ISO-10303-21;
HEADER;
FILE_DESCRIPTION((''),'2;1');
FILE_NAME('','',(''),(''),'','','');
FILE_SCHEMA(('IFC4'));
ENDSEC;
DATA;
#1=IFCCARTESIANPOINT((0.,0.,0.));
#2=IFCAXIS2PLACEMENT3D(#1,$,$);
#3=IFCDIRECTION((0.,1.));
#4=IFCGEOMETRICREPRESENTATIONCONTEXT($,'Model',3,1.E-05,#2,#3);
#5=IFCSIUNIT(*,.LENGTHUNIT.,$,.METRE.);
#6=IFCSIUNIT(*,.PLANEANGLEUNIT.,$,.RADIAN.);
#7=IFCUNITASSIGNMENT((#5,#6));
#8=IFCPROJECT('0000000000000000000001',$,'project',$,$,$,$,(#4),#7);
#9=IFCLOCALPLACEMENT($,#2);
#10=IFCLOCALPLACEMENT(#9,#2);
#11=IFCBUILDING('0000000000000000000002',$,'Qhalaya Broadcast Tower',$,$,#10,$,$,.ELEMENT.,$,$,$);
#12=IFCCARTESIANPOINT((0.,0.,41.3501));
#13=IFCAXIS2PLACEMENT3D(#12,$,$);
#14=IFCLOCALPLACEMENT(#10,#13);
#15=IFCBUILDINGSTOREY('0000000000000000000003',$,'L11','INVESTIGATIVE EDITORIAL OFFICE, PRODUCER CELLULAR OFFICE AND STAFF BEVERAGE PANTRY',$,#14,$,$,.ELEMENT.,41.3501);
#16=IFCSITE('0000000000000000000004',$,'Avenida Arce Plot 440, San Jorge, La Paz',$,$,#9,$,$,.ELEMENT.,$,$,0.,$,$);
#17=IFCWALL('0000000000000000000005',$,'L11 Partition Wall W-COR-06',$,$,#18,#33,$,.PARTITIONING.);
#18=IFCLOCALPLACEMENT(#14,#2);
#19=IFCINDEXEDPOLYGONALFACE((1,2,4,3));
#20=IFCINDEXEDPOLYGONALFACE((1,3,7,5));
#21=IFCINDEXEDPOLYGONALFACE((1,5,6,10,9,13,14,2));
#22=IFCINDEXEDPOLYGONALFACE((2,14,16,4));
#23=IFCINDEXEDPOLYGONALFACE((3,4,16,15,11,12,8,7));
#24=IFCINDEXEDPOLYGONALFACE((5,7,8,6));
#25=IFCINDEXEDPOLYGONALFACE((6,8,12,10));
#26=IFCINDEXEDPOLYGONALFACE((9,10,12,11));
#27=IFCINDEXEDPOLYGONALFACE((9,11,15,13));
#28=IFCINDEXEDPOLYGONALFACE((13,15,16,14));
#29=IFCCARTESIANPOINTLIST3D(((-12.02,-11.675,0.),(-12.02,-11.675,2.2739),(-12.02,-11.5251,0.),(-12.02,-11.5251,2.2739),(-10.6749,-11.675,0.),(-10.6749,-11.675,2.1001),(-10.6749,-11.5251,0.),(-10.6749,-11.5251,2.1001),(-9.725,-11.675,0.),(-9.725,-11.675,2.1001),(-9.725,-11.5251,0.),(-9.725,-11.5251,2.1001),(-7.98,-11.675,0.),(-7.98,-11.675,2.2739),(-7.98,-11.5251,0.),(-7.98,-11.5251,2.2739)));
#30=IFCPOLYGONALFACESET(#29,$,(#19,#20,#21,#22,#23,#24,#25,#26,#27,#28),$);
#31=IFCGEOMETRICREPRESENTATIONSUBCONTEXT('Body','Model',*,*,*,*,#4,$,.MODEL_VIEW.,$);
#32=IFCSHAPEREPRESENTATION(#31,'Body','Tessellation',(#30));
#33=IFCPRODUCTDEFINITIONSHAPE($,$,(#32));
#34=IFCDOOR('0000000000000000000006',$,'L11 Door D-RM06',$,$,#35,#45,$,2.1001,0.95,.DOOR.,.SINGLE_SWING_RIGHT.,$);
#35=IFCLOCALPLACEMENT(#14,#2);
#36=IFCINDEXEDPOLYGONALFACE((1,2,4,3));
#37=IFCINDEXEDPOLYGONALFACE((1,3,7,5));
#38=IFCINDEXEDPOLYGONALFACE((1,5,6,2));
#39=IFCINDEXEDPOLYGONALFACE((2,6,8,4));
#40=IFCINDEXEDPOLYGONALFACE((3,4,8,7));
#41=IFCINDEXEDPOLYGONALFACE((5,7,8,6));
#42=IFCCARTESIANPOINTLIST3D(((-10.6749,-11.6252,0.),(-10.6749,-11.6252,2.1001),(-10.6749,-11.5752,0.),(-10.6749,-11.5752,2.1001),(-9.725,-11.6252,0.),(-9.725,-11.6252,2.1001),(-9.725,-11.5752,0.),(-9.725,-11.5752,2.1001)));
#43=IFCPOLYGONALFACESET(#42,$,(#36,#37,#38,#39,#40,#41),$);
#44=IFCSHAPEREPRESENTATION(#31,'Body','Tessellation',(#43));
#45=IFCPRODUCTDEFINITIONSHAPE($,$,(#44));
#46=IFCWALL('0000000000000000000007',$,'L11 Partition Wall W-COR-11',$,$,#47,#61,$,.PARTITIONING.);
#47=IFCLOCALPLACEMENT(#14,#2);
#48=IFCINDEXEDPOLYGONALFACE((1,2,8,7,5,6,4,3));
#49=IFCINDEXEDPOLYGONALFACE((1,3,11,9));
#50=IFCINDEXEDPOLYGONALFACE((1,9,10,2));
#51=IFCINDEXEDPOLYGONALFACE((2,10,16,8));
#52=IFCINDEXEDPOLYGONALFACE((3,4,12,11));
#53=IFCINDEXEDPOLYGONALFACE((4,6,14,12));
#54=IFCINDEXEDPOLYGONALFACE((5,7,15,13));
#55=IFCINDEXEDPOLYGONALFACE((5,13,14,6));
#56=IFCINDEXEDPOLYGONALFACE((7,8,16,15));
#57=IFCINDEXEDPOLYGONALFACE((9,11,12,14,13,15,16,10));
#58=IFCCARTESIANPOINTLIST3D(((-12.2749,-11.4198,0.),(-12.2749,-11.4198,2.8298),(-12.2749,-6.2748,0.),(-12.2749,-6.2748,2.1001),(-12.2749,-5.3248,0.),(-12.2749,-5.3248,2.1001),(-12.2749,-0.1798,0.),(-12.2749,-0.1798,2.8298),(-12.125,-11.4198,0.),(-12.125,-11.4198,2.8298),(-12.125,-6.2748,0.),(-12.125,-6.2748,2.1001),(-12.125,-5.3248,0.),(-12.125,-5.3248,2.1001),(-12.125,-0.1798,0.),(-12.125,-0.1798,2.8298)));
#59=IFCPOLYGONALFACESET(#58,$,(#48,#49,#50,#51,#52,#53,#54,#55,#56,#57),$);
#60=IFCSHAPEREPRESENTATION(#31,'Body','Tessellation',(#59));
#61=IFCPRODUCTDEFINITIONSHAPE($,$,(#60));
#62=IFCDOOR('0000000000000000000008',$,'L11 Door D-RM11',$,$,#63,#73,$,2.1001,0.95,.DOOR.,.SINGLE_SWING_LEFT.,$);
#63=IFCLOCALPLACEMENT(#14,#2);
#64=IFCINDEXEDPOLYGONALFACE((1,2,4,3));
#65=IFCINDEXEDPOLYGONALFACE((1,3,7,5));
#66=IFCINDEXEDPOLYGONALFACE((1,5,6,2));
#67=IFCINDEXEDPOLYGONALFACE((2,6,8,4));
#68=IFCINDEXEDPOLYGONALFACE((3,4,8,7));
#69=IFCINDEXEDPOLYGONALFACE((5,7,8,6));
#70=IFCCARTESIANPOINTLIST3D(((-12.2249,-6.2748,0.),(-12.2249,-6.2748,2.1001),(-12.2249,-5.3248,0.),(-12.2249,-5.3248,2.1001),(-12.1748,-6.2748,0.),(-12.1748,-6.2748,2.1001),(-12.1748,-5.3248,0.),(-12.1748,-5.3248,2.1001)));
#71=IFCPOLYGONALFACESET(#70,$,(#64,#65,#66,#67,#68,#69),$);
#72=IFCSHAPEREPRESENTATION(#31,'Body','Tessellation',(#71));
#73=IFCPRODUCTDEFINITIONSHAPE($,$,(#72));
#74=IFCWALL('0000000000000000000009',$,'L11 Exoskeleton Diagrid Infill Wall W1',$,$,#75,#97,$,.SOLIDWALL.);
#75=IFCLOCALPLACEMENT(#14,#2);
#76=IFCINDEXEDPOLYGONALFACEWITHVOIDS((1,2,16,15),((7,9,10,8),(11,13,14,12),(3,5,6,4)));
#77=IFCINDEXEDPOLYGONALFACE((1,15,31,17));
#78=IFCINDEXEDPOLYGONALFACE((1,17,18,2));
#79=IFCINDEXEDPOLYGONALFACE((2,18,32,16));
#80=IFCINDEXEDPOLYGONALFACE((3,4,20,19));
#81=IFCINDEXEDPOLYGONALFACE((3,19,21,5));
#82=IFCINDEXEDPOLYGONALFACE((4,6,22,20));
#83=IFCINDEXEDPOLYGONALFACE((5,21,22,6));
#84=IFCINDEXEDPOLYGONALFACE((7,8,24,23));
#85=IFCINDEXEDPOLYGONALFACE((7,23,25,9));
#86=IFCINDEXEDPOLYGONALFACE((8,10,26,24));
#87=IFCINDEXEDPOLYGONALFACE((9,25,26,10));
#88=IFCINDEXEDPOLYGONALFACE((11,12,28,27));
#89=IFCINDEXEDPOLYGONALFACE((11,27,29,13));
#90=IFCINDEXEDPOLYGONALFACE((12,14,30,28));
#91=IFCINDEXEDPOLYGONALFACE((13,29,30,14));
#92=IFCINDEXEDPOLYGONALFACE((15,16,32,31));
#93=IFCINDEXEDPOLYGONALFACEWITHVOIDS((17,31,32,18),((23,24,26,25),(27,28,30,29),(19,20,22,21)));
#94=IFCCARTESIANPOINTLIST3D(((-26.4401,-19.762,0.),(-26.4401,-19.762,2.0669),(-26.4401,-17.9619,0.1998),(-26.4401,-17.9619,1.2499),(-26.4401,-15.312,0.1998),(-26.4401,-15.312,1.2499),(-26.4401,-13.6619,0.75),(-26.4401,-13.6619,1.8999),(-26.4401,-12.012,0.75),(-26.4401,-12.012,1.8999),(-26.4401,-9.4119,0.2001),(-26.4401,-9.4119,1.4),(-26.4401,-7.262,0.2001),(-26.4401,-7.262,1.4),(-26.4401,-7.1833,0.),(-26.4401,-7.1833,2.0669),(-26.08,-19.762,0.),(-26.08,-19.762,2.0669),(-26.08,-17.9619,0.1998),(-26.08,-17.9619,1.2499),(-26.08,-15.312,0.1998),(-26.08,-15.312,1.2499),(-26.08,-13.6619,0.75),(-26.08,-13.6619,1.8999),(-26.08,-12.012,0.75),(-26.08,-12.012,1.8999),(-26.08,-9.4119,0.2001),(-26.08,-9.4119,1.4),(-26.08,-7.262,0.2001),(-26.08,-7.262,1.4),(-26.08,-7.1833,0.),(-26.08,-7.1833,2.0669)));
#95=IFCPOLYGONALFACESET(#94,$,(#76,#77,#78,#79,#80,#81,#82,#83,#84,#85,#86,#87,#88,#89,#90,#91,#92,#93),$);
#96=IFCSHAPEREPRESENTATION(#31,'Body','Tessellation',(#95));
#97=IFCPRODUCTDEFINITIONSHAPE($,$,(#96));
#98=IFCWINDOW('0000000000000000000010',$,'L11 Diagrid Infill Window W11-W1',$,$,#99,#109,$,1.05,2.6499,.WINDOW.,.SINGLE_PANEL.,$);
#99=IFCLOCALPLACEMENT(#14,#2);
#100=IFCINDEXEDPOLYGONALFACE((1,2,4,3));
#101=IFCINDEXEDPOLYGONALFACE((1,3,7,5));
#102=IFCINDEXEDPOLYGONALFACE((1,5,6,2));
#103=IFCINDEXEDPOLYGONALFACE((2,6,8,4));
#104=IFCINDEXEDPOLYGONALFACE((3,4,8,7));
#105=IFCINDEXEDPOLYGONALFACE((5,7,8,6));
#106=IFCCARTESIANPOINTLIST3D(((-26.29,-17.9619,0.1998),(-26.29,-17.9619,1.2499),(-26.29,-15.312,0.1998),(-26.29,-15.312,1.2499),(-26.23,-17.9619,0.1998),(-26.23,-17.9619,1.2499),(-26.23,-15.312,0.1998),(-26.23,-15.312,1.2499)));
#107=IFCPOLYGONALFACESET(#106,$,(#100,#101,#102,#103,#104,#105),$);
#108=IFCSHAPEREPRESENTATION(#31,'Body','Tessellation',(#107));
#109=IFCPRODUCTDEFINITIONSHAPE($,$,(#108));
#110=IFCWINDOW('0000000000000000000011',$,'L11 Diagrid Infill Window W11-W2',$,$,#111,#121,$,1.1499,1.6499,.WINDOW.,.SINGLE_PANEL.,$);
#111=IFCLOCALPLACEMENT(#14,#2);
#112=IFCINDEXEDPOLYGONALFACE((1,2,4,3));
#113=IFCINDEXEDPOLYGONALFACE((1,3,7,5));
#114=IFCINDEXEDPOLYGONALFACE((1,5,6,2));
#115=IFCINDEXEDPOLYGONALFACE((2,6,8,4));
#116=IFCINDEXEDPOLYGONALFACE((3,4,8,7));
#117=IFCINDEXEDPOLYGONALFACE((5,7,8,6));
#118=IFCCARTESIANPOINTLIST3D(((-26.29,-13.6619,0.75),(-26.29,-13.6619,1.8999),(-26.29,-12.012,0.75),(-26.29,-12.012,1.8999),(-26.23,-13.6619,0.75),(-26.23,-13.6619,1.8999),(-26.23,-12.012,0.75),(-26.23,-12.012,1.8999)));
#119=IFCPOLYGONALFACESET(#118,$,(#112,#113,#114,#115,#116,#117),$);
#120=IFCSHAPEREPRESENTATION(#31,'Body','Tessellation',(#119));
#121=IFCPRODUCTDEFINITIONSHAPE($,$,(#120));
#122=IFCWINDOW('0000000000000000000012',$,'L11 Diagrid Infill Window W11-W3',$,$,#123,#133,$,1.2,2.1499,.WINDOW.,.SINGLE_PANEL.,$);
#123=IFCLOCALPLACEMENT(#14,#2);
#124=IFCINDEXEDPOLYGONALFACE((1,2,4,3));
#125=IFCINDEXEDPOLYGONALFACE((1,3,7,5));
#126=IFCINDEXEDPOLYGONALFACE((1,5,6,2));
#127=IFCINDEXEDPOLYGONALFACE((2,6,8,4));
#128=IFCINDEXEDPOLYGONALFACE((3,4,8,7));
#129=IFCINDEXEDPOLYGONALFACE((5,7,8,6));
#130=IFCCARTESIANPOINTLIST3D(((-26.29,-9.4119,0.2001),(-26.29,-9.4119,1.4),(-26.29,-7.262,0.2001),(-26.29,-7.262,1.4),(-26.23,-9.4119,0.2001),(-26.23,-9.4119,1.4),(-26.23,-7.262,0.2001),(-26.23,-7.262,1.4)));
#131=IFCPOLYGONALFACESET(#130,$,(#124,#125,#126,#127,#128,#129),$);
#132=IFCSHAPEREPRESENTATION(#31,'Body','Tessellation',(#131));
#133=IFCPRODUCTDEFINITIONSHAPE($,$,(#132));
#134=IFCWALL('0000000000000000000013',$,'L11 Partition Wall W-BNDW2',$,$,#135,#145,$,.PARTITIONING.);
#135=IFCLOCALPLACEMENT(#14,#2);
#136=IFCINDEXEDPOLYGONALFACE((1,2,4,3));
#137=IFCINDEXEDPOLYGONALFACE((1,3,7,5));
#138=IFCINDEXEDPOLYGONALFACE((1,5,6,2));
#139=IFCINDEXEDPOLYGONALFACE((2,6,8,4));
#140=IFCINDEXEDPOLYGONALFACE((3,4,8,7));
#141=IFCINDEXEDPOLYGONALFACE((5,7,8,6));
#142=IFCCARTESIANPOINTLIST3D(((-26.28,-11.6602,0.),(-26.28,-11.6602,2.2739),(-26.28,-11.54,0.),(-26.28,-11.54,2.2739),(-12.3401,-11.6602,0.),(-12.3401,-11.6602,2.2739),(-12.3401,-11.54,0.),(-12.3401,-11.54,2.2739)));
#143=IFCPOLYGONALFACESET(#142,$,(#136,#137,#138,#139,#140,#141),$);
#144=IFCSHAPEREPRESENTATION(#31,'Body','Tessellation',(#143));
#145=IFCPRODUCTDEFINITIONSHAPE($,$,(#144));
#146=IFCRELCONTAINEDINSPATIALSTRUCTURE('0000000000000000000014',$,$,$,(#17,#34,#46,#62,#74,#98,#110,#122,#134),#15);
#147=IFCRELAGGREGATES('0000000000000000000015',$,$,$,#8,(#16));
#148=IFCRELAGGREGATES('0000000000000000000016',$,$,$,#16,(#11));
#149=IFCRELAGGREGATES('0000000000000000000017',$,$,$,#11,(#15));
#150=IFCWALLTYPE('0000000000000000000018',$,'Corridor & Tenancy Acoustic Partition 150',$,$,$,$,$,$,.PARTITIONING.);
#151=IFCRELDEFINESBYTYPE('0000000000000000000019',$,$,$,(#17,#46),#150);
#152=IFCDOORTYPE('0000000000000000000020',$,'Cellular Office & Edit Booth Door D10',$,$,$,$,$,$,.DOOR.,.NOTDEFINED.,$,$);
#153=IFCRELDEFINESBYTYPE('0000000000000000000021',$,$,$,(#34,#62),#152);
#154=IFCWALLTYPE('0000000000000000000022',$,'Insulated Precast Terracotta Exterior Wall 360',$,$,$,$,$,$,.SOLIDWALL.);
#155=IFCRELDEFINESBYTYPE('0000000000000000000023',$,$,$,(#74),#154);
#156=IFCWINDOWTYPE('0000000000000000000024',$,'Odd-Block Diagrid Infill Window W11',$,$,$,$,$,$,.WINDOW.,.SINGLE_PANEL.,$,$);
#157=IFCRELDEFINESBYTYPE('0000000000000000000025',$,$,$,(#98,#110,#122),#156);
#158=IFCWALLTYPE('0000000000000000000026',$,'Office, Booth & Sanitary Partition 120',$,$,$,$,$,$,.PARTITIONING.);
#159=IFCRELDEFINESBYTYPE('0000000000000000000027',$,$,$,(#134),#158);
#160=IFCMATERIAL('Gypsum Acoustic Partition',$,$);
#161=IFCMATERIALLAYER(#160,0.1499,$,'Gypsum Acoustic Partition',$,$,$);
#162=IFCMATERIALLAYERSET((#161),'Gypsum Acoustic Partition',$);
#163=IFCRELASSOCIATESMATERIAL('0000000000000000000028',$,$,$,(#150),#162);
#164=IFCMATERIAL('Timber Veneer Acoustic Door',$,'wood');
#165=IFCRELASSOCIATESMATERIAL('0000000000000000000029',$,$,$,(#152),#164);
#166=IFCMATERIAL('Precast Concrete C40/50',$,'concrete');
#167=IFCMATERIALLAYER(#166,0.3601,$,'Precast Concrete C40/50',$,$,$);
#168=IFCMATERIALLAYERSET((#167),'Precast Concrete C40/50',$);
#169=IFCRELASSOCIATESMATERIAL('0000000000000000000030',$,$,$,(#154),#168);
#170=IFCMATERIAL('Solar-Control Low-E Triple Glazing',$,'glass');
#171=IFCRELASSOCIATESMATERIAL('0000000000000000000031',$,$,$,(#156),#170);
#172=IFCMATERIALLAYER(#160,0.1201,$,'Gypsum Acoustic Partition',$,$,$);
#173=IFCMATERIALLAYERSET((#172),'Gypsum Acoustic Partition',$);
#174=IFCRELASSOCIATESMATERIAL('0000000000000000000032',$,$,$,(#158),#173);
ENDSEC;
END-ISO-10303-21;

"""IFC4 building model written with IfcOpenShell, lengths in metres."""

from ifc_helpers import new_model, si_unit, direction, frame, frame_2d, origin, place, context, subcontext, project, spatial, rectangle, extrude, material, layer, layer_set, type_object, element, fill, save


model = new_model("IFC4")

# Units and contexts
model_context = context("Model", 3, precision=1e-05, world=origin(), true_north=direction((0.0, 1.0)))
body_context = subcontext(model_context, "Body", "Model", "MODEL_VIEW")
ifc_project = project(units=[si_unit("LENGTHUNIT", "METRE"), si_unit("PLANEANGLEUNIT", "RADIAN")], contexts=[model_context])

# Site, building, storey
site_placement = place(None, origin())
site = spatial("IfcSite", under=ifc_project, at=site_placement, Name="Avenida Arce Plot 440, San Jorge, La Paz", CompositionType="ELEMENT", RefElevation=0.0)
building_placement = place(site_placement, origin())
building = spatial("IfcBuilding", under=site, at=building_placement, Name="Qhalaya Broadcast Tower", CompositionType="ELEMENT")
storey_placement = place(building_placement, frame((0.0, 0.0, 41.3501)))
storey = spatial("IfcBuildingStorey", under=building, at=storey_placement, Name="L11", Description="INVESTIGATIVE EDITORIAL OFFICE, PRODUCER CELLULAR OFFICE AND STAFF BEVERAGE PANTRY", CompositionType="ELEMENT", Elevation=41.3501)

# Walls, openings, doors
ifc_material_1 = material(Name="Gypsum Acoustic Partition")
ifc_layer_1 = layer(ifc_material_1, 0.1499, Name="Gypsum Acoustic Partition")
ifc_layer_set_1 = layer_set([ifc_layer_1], Name="Gypsum Acoustic Partition")
wall_type_1 = type_object("IfcWallType", Name="Corridor & Tenancy Acoustic Partition 150", PredefinedType="PARTITIONING", material=ifc_layer_set_1)
wall_1_placement = place(storey_placement, frame((-12.02, -11.6001, 0.0), z_axis=(0.0, 0.0, 1.0), x_axis=(1.0, 0.0, 0.0)))
wall_1 = element("IfcWall", 1, at=wall_1_placement, inside=storey, type_object=wall_type_1, Name="L11 Partition Wall W-COR-06", PredefinedType="PARTITIONING", context=body_context, shape_type="SweptSolid", body=[
    extrude(rectangle(XDim=4.04, YDim=0.1499, at=frame_2d((2.02, 0.0))), origin(), (0.0, 0.0, 1.0), 2.2739),
])
opening_1_placement = place(wall_1_placement, frame((1.345, 0.0, 0.0)))
opening_1 = element("IfcOpeningElement", 2, at=opening_1_placement, cuts=wall_1, PredefinedType="OPENING", context=body_context, shape_type="SweptSolid", body=[
    extrude(rectangle(XDim=0.95, YDim=2.1001, at=frame_2d((0.4751, 1.05))), frame((0.0, 0.0869, 0.0), z_axis=(0.0, -1.0, 0.0), x_axis=(1.0, 0.0, 0.0)), (0.0, 0.0, 1.0), 0.1738),
])
ifc_material_2 = material(Name="Timber Veneer Acoustic Door", Category="wood")
door_type = type_object("IfcDoorType", Name="Cellular Office & Edit Booth Door D10", OperationType="NOTDEFINED", PredefinedType="DOOR", material=ifc_material_2)
door_1_placement = place(opening_1_placement, origin())
door_1 = element("IfcDoor", 3, at=door_1_placement, inside=storey, type_object=door_type, Name="L11 Door D-RM06", OperationType="SINGLE_SWING_RIGHT", OverallHeight=2.1001, OverallWidth=0.95, PredefinedType="DOOR", context=body_context, shape_type="SweptSolid", body=[
    extrude(rectangle(XDim=0.95, YDim=2.1001, at=frame_2d((0.4751, 1.05))), frame((0.0, 0.0249, 0.0), z_axis=(0.0, -1.0, 0.0), x_axis=(1.0, 0.0, 0.0)), (0.0, 0.0, 1.0), 0.05),
])
fill(opening_1, door_1)
wall_2_placement = place(storey_placement, frame((-12.2, -11.4199, 0.0), z_axis=(0.0, 0.0, 1.0), x_axis=(0.0, 1.0, 0.0)))
wall_2 = element("IfcWall", 4, at=wall_2_placement, inside=storey, type_object=wall_type_1, Name="L11 Partition Wall W-COR-11", PredefinedType="PARTITIONING", context=body_context, shape_type="SweptSolid", body=[
    extrude(rectangle(XDim=11.24, YDim=0.1499, at=frame_2d((5.6201, 0.0))), origin(), (0.0, 0.0, 1.0), 2.8298),
])
opening_2_placement = place(wall_2_placement, frame((5.145, 0.0, 0.0)))
opening_2 = element("IfcOpeningElement", 5, at=opening_2_placement, cuts=wall_2, PredefinedType="OPENING", context=body_context, shape_type="SweptSolid", body=[
    extrude(rectangle(XDim=0.95, YDim=2.1001, at=frame_2d((0.4751, 1.05))), frame((0.0, 0.0869, 0.0), z_axis=(0.0, -1.0, 0.0), x_axis=(1.0, 0.0, 0.0)), (0.0, 0.0, 1.0), 0.1738),
])
door_2_placement = place(opening_2_placement, origin())
door_2 = element("IfcDoor", 6, at=door_2_placement, inside=storey, type_object=door_type, Name="L11 Door D-RM11", OperationType="SINGLE_SWING_LEFT", OverallHeight=2.1001, OverallWidth=0.95, PredefinedType="DOOR", context=body_context, shape_type="SweptSolid", body=[
    extrude(rectangle(XDim=0.95, YDim=2.1001, at=frame_2d((0.4751, 1.05))), frame((0.0, 0.0249, 0.0), z_axis=(0.0, -1.0, 0.0), x_axis=(1.0, 0.0, 0.0)), (0.0, 0.0, 1.0), 0.05),
])
fill(opening_2, door_2)

# Wall, openings, windows
ifc_material_3 = material(Name="Precast Concrete C40/50", Category="concrete")
ifc_layer_2 = layer(ifc_material_3, 0.3601, Name="Precast Concrete C40/50")
ifc_layer_set_2 = layer_set([ifc_layer_2], Name="Precast Concrete C40/50")
wall_type_2 = type_object("IfcWallType", Name="Insulated Precast Terracotta Exterior Wall 360", PredefinedType="SOLIDWALL", material=ifc_layer_set_2)
wall_3_placement = place(storey_placement, frame((-26.26, -19.762, 0.0), z_axis=(0.0, 0.0, 1.0), x_axis=(0.0, 1.0, 0.0)))
wall_3 = element("IfcWall", 7, at=wall_3_placement, inside=storey, type_object=wall_type_2, Name="L11 Exoskeleton Diagrid Infill Wall W1", PredefinedType="SOLIDWALL", context=body_context, shape_type="SweptSolid", body=[
    extrude(rectangle(XDim=12.5786, YDim=0.3601, at=frame_2d((6.2893, 0.0))), origin(), (0.0, 0.0, 1.0), 2.0669),
])
opening_3_placement = place(wall_3_placement, frame((1.8, 0.0, 0.2)))
opening_3 = element("IfcOpeningElement", 8, at=opening_3_placement, cuts=wall_3, PredefinedType="OPENING", context=body_context, shape_type="SweptSolid", body=[
    extrude(rectangle(XDim=2.6499, YDim=1.05, at=frame_2d((1.325, 0.5249))), frame((0.0, 0.1921, 0.0), z_axis=(0.0, -1.0, 0.0), x_axis=(1.0, 0.0, 0.0)), (0.0, 0.0, 1.0), 0.384),
])
opening_4_placement = place(wall_3_placement, frame((6.1001, 0.0, 0.75)))
opening_4 = element("IfcOpeningElement", 9, at=opening_4_placement, cuts=wall_3, PredefinedType="OPENING", context=body_context, shape_type="SweptSolid", body=[
    extrude(rectangle(XDim=1.6499, YDim=1.1499, at=frame_2d((0.825, 0.575))), frame((0.0, 0.1921, 0.0), z_axis=(0.0, -1.0, 0.0), x_axis=(1.0, 0.0, 0.0)), (0.0, 0.0, 1.0), 0.384),
])
opening_5_placement = place(wall_3_placement, frame((10.3501, 0.0, 0.2)))
opening_5 = element("IfcOpeningElement", 10, at=opening_5_placement, cuts=wall_3, PredefinedType="OPENING", context=body_context, shape_type="SweptSolid", body=[
    extrude(rectangle(XDim=2.1499, YDim=1.2, at=frame_2d((1.075, 0.6001))), frame((0.0, 0.1921, 0.0), z_axis=(0.0, -1.0, 0.0), x_axis=(1.0, 0.0, 0.0)), (0.0, 0.0, 1.0), 0.384),
])
ifc_material_4 = material(Name="Solar-Control Low-E Triple Glazing", Category="glass")
window_type = type_object("IfcWindowType", Name="Odd-Block Diagrid Infill Window W11", PartitioningType="SINGLE_PANEL", PredefinedType="WINDOW", material=ifc_material_4)
window_1_placement = place(opening_3_placement, origin())
window_1 = element("IfcWindow", 11, at=window_1_placement, inside=storey, type_object=window_type, Name="L11 Diagrid Infill Window W11-W1", OverallHeight=1.05, OverallWidth=2.6499, PartitioningType="SINGLE_PANEL", PredefinedType="WINDOW", context=body_context, shape_type="SweptSolid", body=[
    extrude(rectangle(XDim=2.6499, YDim=1.05, at=frame_2d((1.325, 0.5249))), frame((0.0, 0.03, 0.0), z_axis=(0.0, -1.0, 0.0), x_axis=(1.0, 0.0, 0.0)), (0.0, 0.0, 1.0), 0.0601),
])
fill(opening_3, window_1)
window_2_placement = place(opening_4_placement, origin())
window_2 = element("IfcWindow", 12, at=window_2_placement, inside=storey, type_object=window_type, Name="L11 Diagrid Infill Window W11-W2", OverallHeight=1.1499, OverallWidth=1.6499, PartitioningType="SINGLE_PANEL", PredefinedType="WINDOW", context=body_context, shape_type="SweptSolid", body=[
    extrude(rectangle(XDim=1.6499, YDim=1.1499, at=frame_2d((0.825, 0.575))), frame((0.0, 0.03, 0.0), z_axis=(0.0, -1.0, 0.0), x_axis=(1.0, 0.0, 0.0)), (0.0, 0.0, 1.0), 0.0601),
])
fill(opening_4, window_2)
window_3_placement = place(opening_5_placement, origin())
window_3 = element("IfcWindow", 13, at=window_3_placement, inside=storey, type_object=window_type, Name="L11 Diagrid Infill Window W11-W3", OverallHeight=1.2, OverallWidth=2.1499, PartitioningType="SINGLE_PANEL", PredefinedType="WINDOW", context=body_context, shape_type="SweptSolid", body=[
    extrude(rectangle(XDim=2.1499, YDim=1.2, at=frame_2d((1.075, 0.6001))), frame((0.0, 0.03, 0.0), z_axis=(0.0, -1.0, 0.0), x_axis=(1.0, 0.0, 0.0)), (0.0, 0.0, 1.0), 0.0601),
])
fill(opening_5, window_3)

# Wall
ifc_layer_3 = layer(ifc_material_1, 0.1201, Name="Gypsum Acoustic Partition")
ifc_layer_set_3 = layer_set([ifc_layer_3], Name="Gypsum Acoustic Partition")
wall_type_3 = type_object("IfcWallType", Name="Office, Booth & Sanitary Partition 120", PredefinedType="PARTITIONING", material=ifc_layer_set_3)
wall_4_placement = place(storey_placement, frame((-26.28, -11.6001, 0.0), z_axis=(0.0, 0.0, 1.0), x_axis=(1.0, 0.0, 0.0)))
element("IfcWall", 14, at=wall_4_placement, inside=storey, type_object=wall_type_3, Name="L11 Partition Wall W-BNDW2", PredefinedType="PARTITIONING", context=body_context, shape_type="SweptSolid", body=[
    extrude(rectangle(XDim=13.9399, YDim=0.1201, at=frame_2d((6.97, 0.0))), origin(), (0.0, 0.0, 1.0), 2.2739),
])

save(model, "model.ifc")
